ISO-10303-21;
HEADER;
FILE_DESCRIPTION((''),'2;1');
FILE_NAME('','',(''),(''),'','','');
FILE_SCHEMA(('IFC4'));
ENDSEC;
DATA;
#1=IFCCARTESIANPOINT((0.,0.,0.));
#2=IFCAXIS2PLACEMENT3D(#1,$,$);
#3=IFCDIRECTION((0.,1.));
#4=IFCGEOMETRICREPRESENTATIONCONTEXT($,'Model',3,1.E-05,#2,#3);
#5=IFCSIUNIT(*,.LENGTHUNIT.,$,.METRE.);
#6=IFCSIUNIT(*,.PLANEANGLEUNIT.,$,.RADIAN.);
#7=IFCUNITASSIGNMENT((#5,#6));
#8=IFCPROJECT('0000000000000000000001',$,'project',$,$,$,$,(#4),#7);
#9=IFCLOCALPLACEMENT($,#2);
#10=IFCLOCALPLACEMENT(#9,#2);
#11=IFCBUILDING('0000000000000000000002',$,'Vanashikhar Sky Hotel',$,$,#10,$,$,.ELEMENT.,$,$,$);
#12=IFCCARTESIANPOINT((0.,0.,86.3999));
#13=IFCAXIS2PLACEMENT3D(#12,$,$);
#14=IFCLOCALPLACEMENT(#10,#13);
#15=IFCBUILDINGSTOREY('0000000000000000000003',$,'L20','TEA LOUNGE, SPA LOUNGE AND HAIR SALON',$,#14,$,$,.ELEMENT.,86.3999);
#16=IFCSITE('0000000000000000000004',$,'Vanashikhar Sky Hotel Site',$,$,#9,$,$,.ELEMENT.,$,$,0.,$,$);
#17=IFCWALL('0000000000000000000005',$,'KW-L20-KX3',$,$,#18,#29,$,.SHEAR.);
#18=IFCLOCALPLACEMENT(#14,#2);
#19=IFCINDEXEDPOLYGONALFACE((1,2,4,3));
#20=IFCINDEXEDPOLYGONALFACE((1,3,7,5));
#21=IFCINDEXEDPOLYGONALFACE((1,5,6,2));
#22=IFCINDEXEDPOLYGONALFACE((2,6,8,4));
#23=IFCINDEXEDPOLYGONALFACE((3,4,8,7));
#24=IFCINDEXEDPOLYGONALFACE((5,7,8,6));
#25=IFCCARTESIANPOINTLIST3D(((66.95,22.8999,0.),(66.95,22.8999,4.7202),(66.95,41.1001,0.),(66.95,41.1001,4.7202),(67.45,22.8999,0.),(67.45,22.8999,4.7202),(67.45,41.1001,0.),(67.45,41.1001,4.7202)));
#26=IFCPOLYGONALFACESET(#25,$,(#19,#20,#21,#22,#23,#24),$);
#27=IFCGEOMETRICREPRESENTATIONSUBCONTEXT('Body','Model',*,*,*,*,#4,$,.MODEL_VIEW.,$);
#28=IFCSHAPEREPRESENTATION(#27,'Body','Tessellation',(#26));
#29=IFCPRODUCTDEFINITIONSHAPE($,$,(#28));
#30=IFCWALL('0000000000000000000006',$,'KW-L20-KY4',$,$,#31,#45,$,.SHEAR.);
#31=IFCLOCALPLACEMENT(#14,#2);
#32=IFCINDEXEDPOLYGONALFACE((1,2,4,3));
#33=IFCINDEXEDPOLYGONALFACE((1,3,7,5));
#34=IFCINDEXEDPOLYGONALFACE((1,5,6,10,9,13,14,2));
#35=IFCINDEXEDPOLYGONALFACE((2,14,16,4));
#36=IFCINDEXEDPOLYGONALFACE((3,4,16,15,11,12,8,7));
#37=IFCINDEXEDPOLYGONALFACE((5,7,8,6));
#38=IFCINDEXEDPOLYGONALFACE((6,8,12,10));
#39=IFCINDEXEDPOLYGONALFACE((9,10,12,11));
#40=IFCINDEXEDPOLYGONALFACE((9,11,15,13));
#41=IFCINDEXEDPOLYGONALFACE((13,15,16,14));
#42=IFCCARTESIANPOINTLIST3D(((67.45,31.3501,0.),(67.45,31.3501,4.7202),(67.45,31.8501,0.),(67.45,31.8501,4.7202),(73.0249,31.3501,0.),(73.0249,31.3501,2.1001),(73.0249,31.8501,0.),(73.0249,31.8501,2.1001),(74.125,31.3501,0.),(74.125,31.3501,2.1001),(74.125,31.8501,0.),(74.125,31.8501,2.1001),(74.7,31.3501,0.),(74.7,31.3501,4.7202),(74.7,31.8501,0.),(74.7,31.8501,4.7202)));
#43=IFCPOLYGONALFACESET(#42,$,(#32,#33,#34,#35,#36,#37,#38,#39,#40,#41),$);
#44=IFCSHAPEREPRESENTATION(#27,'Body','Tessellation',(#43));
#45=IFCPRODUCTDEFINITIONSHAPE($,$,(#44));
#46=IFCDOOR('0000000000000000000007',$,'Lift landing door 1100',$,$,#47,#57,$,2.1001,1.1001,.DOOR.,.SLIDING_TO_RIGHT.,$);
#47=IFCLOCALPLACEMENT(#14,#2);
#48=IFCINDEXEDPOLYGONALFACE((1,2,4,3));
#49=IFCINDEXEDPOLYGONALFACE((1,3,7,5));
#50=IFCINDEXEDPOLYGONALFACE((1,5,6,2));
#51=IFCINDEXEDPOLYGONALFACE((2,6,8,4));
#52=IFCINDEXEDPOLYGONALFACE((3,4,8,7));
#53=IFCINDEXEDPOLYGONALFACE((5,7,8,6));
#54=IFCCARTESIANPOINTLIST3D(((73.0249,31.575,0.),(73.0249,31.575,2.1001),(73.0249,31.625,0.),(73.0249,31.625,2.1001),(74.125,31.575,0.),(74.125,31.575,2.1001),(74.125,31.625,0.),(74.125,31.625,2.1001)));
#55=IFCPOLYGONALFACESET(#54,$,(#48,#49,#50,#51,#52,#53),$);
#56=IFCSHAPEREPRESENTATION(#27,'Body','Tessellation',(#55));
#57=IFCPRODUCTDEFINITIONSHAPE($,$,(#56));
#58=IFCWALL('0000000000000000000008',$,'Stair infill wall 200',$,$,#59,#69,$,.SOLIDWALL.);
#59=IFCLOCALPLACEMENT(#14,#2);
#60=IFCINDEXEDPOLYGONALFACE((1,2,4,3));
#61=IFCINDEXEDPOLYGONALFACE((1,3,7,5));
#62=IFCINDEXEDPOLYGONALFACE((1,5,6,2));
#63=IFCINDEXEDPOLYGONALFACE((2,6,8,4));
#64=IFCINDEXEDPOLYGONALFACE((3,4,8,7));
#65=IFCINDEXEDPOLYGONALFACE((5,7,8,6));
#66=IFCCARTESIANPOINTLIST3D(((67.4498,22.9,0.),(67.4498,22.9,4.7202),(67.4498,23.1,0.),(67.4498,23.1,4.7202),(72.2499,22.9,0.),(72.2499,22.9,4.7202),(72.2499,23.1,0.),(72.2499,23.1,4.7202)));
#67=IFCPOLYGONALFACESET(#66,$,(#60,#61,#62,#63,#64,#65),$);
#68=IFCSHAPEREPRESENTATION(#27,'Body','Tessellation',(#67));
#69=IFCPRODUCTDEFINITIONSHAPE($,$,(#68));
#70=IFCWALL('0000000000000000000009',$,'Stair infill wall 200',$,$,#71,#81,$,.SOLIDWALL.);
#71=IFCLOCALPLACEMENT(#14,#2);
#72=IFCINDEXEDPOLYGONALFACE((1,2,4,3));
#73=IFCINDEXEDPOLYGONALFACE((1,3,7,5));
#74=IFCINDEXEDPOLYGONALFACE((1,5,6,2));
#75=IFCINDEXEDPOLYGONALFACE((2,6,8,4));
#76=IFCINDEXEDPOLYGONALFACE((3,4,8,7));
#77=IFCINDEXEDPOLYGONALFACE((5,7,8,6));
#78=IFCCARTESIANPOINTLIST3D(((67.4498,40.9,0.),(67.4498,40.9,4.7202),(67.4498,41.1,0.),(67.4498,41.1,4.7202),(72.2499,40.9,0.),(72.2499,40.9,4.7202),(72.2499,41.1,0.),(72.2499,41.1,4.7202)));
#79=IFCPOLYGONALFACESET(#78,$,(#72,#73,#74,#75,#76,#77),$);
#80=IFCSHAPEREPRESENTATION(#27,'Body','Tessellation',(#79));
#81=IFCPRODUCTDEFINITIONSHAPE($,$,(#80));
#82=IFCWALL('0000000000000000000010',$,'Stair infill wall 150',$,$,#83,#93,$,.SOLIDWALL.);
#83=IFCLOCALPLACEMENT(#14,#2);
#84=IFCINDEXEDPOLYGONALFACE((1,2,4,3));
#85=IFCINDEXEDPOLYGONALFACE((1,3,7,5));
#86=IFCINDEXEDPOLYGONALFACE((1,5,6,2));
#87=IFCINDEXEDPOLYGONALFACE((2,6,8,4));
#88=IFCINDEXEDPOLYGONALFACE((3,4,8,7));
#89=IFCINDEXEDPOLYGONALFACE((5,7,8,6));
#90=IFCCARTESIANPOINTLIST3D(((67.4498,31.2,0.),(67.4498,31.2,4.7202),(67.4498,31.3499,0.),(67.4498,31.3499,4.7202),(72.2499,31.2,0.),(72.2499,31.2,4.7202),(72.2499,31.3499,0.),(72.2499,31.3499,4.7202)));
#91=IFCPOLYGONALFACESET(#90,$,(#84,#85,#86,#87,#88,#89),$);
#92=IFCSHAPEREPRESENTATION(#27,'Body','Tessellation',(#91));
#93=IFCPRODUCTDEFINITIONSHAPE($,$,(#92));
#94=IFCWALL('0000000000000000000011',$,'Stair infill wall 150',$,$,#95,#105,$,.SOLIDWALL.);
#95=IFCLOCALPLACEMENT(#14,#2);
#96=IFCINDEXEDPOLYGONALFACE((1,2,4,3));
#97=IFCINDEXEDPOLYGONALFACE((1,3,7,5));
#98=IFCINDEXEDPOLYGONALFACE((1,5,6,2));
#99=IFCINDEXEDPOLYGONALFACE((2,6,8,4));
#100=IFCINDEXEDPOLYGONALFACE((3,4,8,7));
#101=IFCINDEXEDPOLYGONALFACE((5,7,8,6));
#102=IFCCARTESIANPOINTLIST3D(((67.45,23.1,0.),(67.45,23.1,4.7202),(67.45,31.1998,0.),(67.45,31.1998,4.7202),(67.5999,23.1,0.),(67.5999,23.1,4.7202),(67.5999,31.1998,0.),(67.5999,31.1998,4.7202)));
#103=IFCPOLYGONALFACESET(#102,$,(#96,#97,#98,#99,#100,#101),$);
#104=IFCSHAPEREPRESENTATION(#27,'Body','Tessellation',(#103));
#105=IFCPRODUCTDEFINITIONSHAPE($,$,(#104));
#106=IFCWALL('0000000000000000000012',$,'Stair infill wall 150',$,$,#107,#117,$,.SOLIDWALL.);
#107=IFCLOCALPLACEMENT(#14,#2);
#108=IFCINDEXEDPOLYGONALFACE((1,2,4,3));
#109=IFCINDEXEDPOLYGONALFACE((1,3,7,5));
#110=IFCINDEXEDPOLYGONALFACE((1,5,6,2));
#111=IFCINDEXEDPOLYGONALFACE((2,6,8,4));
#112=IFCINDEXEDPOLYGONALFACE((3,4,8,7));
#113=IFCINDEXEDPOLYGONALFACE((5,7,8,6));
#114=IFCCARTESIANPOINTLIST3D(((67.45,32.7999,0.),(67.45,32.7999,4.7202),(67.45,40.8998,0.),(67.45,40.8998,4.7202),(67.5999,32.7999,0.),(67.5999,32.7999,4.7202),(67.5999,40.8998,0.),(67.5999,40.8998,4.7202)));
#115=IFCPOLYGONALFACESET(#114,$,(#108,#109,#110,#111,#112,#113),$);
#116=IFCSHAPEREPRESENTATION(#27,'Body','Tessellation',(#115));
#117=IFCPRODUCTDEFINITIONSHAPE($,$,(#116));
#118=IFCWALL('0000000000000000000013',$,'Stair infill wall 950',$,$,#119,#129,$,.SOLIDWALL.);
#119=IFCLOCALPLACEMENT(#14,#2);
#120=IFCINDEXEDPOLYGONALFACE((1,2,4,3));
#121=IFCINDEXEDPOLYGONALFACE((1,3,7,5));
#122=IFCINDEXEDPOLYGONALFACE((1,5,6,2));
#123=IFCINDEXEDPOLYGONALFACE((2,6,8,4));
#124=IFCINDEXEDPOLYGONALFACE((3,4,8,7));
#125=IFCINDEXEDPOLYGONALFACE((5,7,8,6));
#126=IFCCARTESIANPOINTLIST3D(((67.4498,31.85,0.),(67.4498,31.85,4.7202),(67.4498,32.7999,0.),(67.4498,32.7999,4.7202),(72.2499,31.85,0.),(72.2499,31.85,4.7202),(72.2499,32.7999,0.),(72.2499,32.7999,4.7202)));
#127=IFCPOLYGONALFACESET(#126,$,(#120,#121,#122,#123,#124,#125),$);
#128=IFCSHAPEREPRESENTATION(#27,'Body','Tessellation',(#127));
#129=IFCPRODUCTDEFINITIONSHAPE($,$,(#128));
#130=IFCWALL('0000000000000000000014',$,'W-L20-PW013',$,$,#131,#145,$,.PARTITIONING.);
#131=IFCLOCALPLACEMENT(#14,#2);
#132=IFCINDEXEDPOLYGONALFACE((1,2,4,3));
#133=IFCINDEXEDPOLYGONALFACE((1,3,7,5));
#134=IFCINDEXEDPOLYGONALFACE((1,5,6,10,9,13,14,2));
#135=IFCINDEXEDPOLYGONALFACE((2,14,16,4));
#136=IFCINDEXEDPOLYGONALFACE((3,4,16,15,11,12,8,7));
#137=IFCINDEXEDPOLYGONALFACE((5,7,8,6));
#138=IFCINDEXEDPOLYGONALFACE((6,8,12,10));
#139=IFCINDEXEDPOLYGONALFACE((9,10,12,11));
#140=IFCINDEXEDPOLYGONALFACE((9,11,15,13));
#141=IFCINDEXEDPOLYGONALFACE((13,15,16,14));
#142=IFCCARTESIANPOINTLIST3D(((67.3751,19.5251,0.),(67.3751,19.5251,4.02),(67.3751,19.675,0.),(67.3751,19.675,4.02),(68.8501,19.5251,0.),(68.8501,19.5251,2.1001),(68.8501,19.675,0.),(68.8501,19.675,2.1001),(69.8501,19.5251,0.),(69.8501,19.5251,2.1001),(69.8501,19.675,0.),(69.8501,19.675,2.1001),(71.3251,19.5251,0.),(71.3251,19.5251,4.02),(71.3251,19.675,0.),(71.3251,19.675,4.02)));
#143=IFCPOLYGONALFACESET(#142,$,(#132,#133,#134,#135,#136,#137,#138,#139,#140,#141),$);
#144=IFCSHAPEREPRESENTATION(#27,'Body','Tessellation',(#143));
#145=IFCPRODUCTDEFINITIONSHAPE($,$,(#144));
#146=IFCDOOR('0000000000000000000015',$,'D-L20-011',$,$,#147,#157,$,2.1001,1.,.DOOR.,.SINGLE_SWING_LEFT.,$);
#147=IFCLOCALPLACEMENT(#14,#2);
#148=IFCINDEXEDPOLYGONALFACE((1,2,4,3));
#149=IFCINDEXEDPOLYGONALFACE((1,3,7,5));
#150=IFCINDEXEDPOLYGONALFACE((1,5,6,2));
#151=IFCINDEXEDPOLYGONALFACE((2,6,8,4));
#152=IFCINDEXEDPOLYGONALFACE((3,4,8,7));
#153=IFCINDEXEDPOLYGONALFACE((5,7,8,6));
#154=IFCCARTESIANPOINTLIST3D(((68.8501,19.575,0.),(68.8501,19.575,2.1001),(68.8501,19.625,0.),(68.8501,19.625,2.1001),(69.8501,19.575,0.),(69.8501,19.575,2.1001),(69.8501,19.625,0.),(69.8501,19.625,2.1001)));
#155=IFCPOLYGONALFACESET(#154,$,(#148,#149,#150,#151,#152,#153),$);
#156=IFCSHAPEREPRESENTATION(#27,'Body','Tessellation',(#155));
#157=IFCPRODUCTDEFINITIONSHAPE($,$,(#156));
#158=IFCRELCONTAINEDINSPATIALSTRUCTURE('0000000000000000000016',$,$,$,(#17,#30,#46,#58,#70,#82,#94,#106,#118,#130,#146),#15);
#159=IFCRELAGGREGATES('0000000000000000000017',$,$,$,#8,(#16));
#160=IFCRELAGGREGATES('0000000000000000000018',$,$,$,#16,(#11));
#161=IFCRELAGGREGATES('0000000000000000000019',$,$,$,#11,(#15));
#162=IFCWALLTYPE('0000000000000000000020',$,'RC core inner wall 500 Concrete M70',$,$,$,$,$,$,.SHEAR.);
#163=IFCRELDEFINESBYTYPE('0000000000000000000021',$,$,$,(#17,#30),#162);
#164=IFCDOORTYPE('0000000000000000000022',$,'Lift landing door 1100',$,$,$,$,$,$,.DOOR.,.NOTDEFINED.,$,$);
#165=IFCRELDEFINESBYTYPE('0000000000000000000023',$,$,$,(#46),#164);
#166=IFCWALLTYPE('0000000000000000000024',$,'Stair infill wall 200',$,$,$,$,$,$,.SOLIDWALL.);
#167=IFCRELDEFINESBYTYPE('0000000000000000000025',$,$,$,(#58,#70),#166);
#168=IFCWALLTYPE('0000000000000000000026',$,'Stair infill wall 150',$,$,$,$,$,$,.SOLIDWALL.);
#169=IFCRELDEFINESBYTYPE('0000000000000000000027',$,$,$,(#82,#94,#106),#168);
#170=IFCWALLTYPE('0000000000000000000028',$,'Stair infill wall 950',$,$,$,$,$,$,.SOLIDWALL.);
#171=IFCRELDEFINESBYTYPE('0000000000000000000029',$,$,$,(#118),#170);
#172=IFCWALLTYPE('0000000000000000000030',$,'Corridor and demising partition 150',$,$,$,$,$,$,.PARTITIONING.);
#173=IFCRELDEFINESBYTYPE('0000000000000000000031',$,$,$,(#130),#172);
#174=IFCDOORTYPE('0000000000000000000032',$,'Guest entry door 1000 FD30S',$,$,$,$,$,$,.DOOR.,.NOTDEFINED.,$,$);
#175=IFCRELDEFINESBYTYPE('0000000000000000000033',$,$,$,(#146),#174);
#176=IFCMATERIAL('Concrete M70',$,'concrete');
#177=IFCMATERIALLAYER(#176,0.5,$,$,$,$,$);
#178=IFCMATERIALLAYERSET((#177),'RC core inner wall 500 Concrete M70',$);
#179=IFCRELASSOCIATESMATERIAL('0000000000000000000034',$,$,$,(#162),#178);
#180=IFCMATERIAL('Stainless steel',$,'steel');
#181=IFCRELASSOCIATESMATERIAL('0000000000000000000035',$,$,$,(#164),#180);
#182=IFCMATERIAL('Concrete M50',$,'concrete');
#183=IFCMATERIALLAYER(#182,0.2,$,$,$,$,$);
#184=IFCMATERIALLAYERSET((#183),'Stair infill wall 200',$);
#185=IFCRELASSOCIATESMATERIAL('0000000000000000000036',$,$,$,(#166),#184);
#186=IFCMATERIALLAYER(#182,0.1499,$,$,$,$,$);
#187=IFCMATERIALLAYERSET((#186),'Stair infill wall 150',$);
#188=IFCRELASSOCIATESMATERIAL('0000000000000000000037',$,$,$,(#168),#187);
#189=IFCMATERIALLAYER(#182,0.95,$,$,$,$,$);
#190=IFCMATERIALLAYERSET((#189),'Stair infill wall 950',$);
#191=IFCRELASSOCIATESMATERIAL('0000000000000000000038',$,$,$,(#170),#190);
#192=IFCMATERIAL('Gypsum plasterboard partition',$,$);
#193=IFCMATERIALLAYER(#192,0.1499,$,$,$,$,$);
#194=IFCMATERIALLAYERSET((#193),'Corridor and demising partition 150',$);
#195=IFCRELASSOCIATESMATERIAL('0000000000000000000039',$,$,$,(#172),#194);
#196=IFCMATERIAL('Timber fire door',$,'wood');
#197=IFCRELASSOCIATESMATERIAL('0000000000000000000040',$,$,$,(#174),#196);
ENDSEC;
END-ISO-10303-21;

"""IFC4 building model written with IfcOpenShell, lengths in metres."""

from ifc_helpers import new_model, si_unit, direction, frame, frame_2d, origin, place, context, subcontext, project, spatial, rectangle, extrude, source, transform, mapped, material, layer, layer_set, type_object, element, fill, save


model = new_model("IFC4")

# Units and contexts
model_context = context("Model", 3, precision=1e-05, world=origin(), true_north=direction((0.0, 1.0)))
body_context = subcontext(model_context, "Body", "Model", "MODEL_VIEW")
ifc_project = project(units=[si_unit("LENGTHUNIT", "METRE"), si_unit("PLANEANGLEUNIT", "RADIAN")], contexts=[model_context])

# Site, building, storey
site_placement = place(None, origin())
site = spatial("IfcSite", under=ifc_project, at=site_placement, Name="Vanashikhar Sky Hotel Site", CompositionType="ELEMENT", RefElevation=0.0)
building_placement = place(site_placement, origin())
building = spatial("IfcBuilding", under=site, at=building_placement, Name="Vanashikhar Sky Hotel", CompositionType="ELEMENT")
storey_placement = place(building_placement, frame((0.0, 0.0, 86.3999)))
storey = spatial("IfcBuildingStorey", under=building, at=storey_placement, Name="L20", Description="TEA LOUNGE, SPA LOUNGE AND HAIR SALON", CompositionType="ELEMENT", Elevation=86.3999)

# Wall
ifc_material_1 = material(Name="Concrete M70", Category="concrete")
ifc_layer_1 = layer(ifc_material_1, 0.5)
ifc_layer_set_1 = layer_set([ifc_layer_1], Name="RC core inner wall 500 Concrete M70")
wall_type_1 = type_object("IfcWallType", Name="RC core inner wall 500 Concrete M70", PredefinedType="SHEAR", material=ifc_layer_set_1)
shared_shape_1 = source(origin(), body_context, "Body", "SweptSolid", [
    extrude(rectangle(XDim=18.2002, YDim=0.5, at=frame_2d((9.1001, 0.0))), origin(), (0.0, 0.0, 1.0), 4.7202),
])
wall_1_placement = place(storey_placement, frame((67.2, 22.8999, 0.0), z_axis=(0.0, 0.0, 1.0), x_axis=(0.0, 1.0, 0.0)))
element("IfcWall", 1, at=wall_1_placement, inside=storey, type_object=wall_type_1, Name="KW-L20-KX3", PredefinedType="SHEAR", context=body_context, shape_type="MappedRepresentation", body=[
    mapped(shared_shape_1, transform((0.0, 0.0, 0.0), scale=1.0)),
])

# Wall, opening, door
shared_shape_2 = source(origin(), body_context, "Body", "SweptSolid", [
    extrude(rectangle(XDim=7.25, YDim=0.5, at=frame_2d((3.625, 0.0))), origin(), (0.0, 0.0, 1.0), 4.7202),
])
wall_2_placement = place(storey_placement, frame((67.45, 31.6001, 0.0), z_axis=(0.0, 0.0, 1.0), x_axis=(1.0, 0.0, 0.0)))
wall_2 = element("IfcWall", 2, at=wall_2_placement, inside=storey, type_object=wall_type_1, Name="KW-L20-KY4", PredefinedType="SHEAR", context=body_context, shape_type="MappedRepresentation", body=[
    mapped(shared_shape_2, transform((0.0, 0.0, 0.0), scale=1.0)),
])
shared_shape_3 = source(origin(), body_context, "Body", "SweptSolid", [
    extrude(rectangle(XDim=1.1001, YDim=2.1001, at=frame_2d((0.55, 1.05))), frame((0.0, 0.26, 0.0), z_axis=(0.0, -1.0, 0.0), x_axis=(1.0, 0.0, 0.0)), (0.0, 0.0, 1.0), 0.52),
])
opening_1_placement = place(wall_2_placement, frame((5.575, 0.0, 0.0)))
opening_1 = element("IfcOpeningElement", 3, at=opening_1_placement, cuts=wall_2, PredefinedType="OPENING", context=body_context, shape_type="MappedRepresentation", body=[
    mapped(shared_shape_3, transform((0.0, 0.0, 0.0), scale=1.0)),
])
ifc_material_2 = material(Name="Stainless steel", Category="steel")
door_type_1 = type_object("IfcDoorType", Name="Lift landing door 1100", OperationType="NOTDEFINED", PredefinedType="DOOR", material=ifc_material_2)
shared_shape_4 = source(origin(), body_context, "Body", "SweptSolid", [
    extrude(rectangle(XDim=1.1001, YDim=2.1001, at=frame_2d((0.55, 1.05))), frame((0.0, 0.0249, 0.0), z_axis=(0.0, -1.0, 0.0), x_axis=(1.0, 0.0, 0.0)), (0.0, 0.0, 1.0), 0.05),
])
door_1_placement = place(opening_1_placement, origin())
door_1 = element("IfcDoor", 4, at=door_1_placement, inside=storey, type_object=door_type_1, Name="Lift landing door 1100", OperationType="SLIDING_TO_RIGHT", OverallHeight=2.1001, OverallWidth=1.1001, PredefinedType="DOOR", context=body_context, shape_type="MappedRepresentation", body=[
    mapped(shared_shape_4, transform((0.0, 0.0, 0.0), scale=1.0)),
])
fill(opening_1, door_1)

# Walls
ifc_material_3 = material(Name="Concrete M50", Category="concrete")
ifc_layer_2 = layer(ifc_material_3, 0.2)
ifc_layer_set_2 = layer_set([ifc_layer_2], Name="Stair infill wall 200")
wall_type_2 = type_object("IfcWallType", Name="Stair infill wall 200", PredefinedType="SOLIDWALL", material=ifc_layer_set_2)
shared_shape_5 = source(origin(), body_context, "Body", "SweptSolid", [
    extrude(rectangle(XDim=4.8, YDim=0.2, at=frame_2d((2.3999, 0.0))), origin(), (0.0, 0.0, 1.0), 4.7202),
])
for number, where, z_axis, x_axis, name in (
    (5, (67.45, 23.0, 0.0), (0.0, 0.0, 1.0), (1.0, 0.0, 0.0), "Stair infill wall 200"),
    (6, (67.45, 41.0, 0.0), (0.0, 0.0, 1.0), (1.0, 0.0, 0.0), "Stair infill wall 200"),
):
    element("IfcWall", number, at=place(storey_placement, frame(where, z_axis=z_axis, x_axis=x_axis)), inside=storey, type_object=wall_type_2, Name=name, PredefinedType="SOLIDWALL", context=body_context, shape_type="MappedRepresentation", body=[
        mapped(shared_shape_5, transform((0.0, 0.0, 0.0), scale=1.0)),
    ])
ifc_layer_3 = layer(ifc_material_3, 0.1499)
ifc_layer_set_3 = layer_set([ifc_layer_3], Name="Stair infill wall 150")
wall_type_3 = type_object("IfcWallType", Name="Stair infill wall 150", PredefinedType="SOLIDWALL", material=ifc_layer_set_3)
shared_shape_6 = source(origin(), body_context, "Body", "SweptSolid", [
    extrude(rectangle(XDim=4.8, YDim=0.1499, at=frame_2d((2.3999, 0.0))), origin(), (0.0, 0.0, 1.0), 4.7202),
])
wall_3_placement = place(storey_placement, frame((67.45, 31.2749, 0.0), z_axis=(0.0, 0.0, 1.0), x_axis=(1.0, 0.0, 0.0)))
element("IfcWall", 7, at=wall_3_placement, inside=storey, type_object=wall_type_3, Name="Stair infill wall 150", PredefinedType="SOLIDWALL", context=body_context, shape_type="MappedRepresentation", body=[
    mapped(shared_shape_6, transform((0.0, 0.0, 0.0), scale=1.0)),
])
shared_shape_7 = source(origin(), body_context, "Body", "SweptSolid", [
    extrude(rectangle(XDim=8.0999, YDim=0.1499, at=frame_2d((4.0498, 0.0))), origin(), (0.0, 0.0, 1.0), 4.7202),
])
for number, where, z_axis, x_axis, name in (
    (8, (67.5249, 23.1001, 0.0), (0.0, 0.0, 1.0), (0.0, 1.0, 0.0), "Stair infill wall 150"),
    (9, (67.5249, 32.8, 0.0), (0.0, 0.0, 1.0), (0.0, 1.0, 0.0), "Stair infill wall 150"),
):
    element("IfcWall", number, at=place(storey_placement, frame(where, z_axis=z_axis, x_axis=x_axis)), inside=storey, type_object=wall_type_3, Name=name, PredefinedType="SOLIDWALL", context=body_context, shape_type="MappedRepresentation", body=[
        mapped(shared_shape_7, transform((0.0, 0.0, 0.0), scale=1.0)),
    ])
ifc_layer_4 = layer(ifc_material_3, 0.95)
ifc_layer_set_4 = layer_set([ifc_layer_4], Name="Stair infill wall 950")
wall_type_4 = type_object("IfcWallType", Name="Stair infill wall 950", PredefinedType="SOLIDWALL", material=ifc_layer_set_4)
shared_shape_8 = source(origin(), body_context, "Body", "SweptSolid", [
    extrude(rectangle(XDim=4.8, YDim=0.95, at=frame_2d((2.3999, 0.0))), origin(), (0.0, 0.0, 1.0), 4.7202),
])
wall_4_placement = place(storey_placement, frame((67.45, 32.325, 0.0), z_axis=(0.0, 0.0, 1.0), x_axis=(1.0, 0.0, 0.0)))
element("IfcWall", 10, at=wall_4_placement, inside=storey, type_object=wall_type_4, Name="Stair infill wall 950", PredefinedType="SOLIDWALL", context=body_context, shape_type="MappedRepresentation", body=[
    mapped(shared_shape_8, transform((0.0, 0.0, 0.0), scale=1.0)),
])

# Wall, opening, door
ifc_material_4 = material(Name="Gypsum plasterboard partition")
ifc_layer_5 = layer(ifc_material_4, 0.1499)
ifc_layer_set_5 = layer_set([ifc_layer_5], Name="Corridor and demising partition 150")
wall_type_5 = type_object("IfcWallType", Name="Corridor and demising partition 150", PredefinedType="PARTITIONING", material=ifc_layer_set_5)
shared_shape_9 = source(origin(), body_context, "Body", "SweptSolid", [
    extrude(rectangle(XDim=3.95, YDim=0.1499, at=frame_2d((1.9751, 0.0))), origin(), (0.0, 0.0, 1.0), 4.02),
])
wall_5_placement = place(storey_placement, frame((67.375, 19.6001, 0.0), z_axis=(0.0, 0.0, 1.0), x_axis=(1.0, 0.0, 0.0)))
wall_5 = element("IfcWall", 11, at=wall_5_placement, inside=storey, type_object=wall_type_5, Name="W-L20-PW013", PredefinedType="PARTITIONING", context=body_context, shape_type="MappedRepresentation", body=[
    mapped(shared_shape_9, transform((0.0, 0.0, 0.0), scale=1.0)),
])
shared_shape_10 = source(origin(), body_context, "Body", "SweptSolid", [
    extrude(rectangle(XDim=1.0, YDim=2.1001, at=frame_2d((0.5, 1.05))), frame((0.0, 0.085, 0.0), z_axis=(0.0, -1.0, 0.0), x_axis=(1.0, 0.0, 0.0)), (0.0, 0.0, 1.0), 0.1699),
])
opening_2_placement = place(wall_5_placement, frame((1.4751, 0.0, 0.0)))
opening_2 = element("IfcOpeningElement", 12, at=opening_2_placement, cuts=wall_5, PredefinedType="OPENING", context=body_context, shape_type="MappedRepresentation", body=[
    mapped(shared_shape_10, transform((0.0, 0.0, 0.0), scale=1.0)),
])
ifc_material_5 = material(Name="Timber fire door", Category="wood")
door_type_2 = type_object("IfcDoorType", Name="Guest entry door 1000 FD30S", OperationType="NOTDEFINED", PredefinedType="DOOR", material=ifc_material_5)
shared_shape_11 = source(origin(), body_context, "Body", "SweptSolid", [
    extrude(rectangle(XDim=1.0, YDim=2.1001, at=frame_2d((0.5, 1.05))), frame((0.0, 0.0249, 0.0), z_axis=(0.0, -1.0, 0.0), x_axis=(1.0, 0.0, 0.0)), (0.0, 0.0, 1.0), 0.05),
])
door_2_placement = place(opening_2_placement, origin())
door_2 = element("IfcDoor", 13, at=door_2_placement, inside=storey, type_object=door_type_2, Name="D-L20-011", OperationType="SINGLE_SWING_LEFT", OverallHeight=2.1001, OverallWidth=1.0, PredefinedType="DOOR", context=body_context, shape_type="MappedRepresentation", body=[
    mapped(shared_shape_11, transform((0.0, 0.0, 0.0), scale=1.0)),
])
fill(opening_2, door_2)

save(model, "model.ifc")
